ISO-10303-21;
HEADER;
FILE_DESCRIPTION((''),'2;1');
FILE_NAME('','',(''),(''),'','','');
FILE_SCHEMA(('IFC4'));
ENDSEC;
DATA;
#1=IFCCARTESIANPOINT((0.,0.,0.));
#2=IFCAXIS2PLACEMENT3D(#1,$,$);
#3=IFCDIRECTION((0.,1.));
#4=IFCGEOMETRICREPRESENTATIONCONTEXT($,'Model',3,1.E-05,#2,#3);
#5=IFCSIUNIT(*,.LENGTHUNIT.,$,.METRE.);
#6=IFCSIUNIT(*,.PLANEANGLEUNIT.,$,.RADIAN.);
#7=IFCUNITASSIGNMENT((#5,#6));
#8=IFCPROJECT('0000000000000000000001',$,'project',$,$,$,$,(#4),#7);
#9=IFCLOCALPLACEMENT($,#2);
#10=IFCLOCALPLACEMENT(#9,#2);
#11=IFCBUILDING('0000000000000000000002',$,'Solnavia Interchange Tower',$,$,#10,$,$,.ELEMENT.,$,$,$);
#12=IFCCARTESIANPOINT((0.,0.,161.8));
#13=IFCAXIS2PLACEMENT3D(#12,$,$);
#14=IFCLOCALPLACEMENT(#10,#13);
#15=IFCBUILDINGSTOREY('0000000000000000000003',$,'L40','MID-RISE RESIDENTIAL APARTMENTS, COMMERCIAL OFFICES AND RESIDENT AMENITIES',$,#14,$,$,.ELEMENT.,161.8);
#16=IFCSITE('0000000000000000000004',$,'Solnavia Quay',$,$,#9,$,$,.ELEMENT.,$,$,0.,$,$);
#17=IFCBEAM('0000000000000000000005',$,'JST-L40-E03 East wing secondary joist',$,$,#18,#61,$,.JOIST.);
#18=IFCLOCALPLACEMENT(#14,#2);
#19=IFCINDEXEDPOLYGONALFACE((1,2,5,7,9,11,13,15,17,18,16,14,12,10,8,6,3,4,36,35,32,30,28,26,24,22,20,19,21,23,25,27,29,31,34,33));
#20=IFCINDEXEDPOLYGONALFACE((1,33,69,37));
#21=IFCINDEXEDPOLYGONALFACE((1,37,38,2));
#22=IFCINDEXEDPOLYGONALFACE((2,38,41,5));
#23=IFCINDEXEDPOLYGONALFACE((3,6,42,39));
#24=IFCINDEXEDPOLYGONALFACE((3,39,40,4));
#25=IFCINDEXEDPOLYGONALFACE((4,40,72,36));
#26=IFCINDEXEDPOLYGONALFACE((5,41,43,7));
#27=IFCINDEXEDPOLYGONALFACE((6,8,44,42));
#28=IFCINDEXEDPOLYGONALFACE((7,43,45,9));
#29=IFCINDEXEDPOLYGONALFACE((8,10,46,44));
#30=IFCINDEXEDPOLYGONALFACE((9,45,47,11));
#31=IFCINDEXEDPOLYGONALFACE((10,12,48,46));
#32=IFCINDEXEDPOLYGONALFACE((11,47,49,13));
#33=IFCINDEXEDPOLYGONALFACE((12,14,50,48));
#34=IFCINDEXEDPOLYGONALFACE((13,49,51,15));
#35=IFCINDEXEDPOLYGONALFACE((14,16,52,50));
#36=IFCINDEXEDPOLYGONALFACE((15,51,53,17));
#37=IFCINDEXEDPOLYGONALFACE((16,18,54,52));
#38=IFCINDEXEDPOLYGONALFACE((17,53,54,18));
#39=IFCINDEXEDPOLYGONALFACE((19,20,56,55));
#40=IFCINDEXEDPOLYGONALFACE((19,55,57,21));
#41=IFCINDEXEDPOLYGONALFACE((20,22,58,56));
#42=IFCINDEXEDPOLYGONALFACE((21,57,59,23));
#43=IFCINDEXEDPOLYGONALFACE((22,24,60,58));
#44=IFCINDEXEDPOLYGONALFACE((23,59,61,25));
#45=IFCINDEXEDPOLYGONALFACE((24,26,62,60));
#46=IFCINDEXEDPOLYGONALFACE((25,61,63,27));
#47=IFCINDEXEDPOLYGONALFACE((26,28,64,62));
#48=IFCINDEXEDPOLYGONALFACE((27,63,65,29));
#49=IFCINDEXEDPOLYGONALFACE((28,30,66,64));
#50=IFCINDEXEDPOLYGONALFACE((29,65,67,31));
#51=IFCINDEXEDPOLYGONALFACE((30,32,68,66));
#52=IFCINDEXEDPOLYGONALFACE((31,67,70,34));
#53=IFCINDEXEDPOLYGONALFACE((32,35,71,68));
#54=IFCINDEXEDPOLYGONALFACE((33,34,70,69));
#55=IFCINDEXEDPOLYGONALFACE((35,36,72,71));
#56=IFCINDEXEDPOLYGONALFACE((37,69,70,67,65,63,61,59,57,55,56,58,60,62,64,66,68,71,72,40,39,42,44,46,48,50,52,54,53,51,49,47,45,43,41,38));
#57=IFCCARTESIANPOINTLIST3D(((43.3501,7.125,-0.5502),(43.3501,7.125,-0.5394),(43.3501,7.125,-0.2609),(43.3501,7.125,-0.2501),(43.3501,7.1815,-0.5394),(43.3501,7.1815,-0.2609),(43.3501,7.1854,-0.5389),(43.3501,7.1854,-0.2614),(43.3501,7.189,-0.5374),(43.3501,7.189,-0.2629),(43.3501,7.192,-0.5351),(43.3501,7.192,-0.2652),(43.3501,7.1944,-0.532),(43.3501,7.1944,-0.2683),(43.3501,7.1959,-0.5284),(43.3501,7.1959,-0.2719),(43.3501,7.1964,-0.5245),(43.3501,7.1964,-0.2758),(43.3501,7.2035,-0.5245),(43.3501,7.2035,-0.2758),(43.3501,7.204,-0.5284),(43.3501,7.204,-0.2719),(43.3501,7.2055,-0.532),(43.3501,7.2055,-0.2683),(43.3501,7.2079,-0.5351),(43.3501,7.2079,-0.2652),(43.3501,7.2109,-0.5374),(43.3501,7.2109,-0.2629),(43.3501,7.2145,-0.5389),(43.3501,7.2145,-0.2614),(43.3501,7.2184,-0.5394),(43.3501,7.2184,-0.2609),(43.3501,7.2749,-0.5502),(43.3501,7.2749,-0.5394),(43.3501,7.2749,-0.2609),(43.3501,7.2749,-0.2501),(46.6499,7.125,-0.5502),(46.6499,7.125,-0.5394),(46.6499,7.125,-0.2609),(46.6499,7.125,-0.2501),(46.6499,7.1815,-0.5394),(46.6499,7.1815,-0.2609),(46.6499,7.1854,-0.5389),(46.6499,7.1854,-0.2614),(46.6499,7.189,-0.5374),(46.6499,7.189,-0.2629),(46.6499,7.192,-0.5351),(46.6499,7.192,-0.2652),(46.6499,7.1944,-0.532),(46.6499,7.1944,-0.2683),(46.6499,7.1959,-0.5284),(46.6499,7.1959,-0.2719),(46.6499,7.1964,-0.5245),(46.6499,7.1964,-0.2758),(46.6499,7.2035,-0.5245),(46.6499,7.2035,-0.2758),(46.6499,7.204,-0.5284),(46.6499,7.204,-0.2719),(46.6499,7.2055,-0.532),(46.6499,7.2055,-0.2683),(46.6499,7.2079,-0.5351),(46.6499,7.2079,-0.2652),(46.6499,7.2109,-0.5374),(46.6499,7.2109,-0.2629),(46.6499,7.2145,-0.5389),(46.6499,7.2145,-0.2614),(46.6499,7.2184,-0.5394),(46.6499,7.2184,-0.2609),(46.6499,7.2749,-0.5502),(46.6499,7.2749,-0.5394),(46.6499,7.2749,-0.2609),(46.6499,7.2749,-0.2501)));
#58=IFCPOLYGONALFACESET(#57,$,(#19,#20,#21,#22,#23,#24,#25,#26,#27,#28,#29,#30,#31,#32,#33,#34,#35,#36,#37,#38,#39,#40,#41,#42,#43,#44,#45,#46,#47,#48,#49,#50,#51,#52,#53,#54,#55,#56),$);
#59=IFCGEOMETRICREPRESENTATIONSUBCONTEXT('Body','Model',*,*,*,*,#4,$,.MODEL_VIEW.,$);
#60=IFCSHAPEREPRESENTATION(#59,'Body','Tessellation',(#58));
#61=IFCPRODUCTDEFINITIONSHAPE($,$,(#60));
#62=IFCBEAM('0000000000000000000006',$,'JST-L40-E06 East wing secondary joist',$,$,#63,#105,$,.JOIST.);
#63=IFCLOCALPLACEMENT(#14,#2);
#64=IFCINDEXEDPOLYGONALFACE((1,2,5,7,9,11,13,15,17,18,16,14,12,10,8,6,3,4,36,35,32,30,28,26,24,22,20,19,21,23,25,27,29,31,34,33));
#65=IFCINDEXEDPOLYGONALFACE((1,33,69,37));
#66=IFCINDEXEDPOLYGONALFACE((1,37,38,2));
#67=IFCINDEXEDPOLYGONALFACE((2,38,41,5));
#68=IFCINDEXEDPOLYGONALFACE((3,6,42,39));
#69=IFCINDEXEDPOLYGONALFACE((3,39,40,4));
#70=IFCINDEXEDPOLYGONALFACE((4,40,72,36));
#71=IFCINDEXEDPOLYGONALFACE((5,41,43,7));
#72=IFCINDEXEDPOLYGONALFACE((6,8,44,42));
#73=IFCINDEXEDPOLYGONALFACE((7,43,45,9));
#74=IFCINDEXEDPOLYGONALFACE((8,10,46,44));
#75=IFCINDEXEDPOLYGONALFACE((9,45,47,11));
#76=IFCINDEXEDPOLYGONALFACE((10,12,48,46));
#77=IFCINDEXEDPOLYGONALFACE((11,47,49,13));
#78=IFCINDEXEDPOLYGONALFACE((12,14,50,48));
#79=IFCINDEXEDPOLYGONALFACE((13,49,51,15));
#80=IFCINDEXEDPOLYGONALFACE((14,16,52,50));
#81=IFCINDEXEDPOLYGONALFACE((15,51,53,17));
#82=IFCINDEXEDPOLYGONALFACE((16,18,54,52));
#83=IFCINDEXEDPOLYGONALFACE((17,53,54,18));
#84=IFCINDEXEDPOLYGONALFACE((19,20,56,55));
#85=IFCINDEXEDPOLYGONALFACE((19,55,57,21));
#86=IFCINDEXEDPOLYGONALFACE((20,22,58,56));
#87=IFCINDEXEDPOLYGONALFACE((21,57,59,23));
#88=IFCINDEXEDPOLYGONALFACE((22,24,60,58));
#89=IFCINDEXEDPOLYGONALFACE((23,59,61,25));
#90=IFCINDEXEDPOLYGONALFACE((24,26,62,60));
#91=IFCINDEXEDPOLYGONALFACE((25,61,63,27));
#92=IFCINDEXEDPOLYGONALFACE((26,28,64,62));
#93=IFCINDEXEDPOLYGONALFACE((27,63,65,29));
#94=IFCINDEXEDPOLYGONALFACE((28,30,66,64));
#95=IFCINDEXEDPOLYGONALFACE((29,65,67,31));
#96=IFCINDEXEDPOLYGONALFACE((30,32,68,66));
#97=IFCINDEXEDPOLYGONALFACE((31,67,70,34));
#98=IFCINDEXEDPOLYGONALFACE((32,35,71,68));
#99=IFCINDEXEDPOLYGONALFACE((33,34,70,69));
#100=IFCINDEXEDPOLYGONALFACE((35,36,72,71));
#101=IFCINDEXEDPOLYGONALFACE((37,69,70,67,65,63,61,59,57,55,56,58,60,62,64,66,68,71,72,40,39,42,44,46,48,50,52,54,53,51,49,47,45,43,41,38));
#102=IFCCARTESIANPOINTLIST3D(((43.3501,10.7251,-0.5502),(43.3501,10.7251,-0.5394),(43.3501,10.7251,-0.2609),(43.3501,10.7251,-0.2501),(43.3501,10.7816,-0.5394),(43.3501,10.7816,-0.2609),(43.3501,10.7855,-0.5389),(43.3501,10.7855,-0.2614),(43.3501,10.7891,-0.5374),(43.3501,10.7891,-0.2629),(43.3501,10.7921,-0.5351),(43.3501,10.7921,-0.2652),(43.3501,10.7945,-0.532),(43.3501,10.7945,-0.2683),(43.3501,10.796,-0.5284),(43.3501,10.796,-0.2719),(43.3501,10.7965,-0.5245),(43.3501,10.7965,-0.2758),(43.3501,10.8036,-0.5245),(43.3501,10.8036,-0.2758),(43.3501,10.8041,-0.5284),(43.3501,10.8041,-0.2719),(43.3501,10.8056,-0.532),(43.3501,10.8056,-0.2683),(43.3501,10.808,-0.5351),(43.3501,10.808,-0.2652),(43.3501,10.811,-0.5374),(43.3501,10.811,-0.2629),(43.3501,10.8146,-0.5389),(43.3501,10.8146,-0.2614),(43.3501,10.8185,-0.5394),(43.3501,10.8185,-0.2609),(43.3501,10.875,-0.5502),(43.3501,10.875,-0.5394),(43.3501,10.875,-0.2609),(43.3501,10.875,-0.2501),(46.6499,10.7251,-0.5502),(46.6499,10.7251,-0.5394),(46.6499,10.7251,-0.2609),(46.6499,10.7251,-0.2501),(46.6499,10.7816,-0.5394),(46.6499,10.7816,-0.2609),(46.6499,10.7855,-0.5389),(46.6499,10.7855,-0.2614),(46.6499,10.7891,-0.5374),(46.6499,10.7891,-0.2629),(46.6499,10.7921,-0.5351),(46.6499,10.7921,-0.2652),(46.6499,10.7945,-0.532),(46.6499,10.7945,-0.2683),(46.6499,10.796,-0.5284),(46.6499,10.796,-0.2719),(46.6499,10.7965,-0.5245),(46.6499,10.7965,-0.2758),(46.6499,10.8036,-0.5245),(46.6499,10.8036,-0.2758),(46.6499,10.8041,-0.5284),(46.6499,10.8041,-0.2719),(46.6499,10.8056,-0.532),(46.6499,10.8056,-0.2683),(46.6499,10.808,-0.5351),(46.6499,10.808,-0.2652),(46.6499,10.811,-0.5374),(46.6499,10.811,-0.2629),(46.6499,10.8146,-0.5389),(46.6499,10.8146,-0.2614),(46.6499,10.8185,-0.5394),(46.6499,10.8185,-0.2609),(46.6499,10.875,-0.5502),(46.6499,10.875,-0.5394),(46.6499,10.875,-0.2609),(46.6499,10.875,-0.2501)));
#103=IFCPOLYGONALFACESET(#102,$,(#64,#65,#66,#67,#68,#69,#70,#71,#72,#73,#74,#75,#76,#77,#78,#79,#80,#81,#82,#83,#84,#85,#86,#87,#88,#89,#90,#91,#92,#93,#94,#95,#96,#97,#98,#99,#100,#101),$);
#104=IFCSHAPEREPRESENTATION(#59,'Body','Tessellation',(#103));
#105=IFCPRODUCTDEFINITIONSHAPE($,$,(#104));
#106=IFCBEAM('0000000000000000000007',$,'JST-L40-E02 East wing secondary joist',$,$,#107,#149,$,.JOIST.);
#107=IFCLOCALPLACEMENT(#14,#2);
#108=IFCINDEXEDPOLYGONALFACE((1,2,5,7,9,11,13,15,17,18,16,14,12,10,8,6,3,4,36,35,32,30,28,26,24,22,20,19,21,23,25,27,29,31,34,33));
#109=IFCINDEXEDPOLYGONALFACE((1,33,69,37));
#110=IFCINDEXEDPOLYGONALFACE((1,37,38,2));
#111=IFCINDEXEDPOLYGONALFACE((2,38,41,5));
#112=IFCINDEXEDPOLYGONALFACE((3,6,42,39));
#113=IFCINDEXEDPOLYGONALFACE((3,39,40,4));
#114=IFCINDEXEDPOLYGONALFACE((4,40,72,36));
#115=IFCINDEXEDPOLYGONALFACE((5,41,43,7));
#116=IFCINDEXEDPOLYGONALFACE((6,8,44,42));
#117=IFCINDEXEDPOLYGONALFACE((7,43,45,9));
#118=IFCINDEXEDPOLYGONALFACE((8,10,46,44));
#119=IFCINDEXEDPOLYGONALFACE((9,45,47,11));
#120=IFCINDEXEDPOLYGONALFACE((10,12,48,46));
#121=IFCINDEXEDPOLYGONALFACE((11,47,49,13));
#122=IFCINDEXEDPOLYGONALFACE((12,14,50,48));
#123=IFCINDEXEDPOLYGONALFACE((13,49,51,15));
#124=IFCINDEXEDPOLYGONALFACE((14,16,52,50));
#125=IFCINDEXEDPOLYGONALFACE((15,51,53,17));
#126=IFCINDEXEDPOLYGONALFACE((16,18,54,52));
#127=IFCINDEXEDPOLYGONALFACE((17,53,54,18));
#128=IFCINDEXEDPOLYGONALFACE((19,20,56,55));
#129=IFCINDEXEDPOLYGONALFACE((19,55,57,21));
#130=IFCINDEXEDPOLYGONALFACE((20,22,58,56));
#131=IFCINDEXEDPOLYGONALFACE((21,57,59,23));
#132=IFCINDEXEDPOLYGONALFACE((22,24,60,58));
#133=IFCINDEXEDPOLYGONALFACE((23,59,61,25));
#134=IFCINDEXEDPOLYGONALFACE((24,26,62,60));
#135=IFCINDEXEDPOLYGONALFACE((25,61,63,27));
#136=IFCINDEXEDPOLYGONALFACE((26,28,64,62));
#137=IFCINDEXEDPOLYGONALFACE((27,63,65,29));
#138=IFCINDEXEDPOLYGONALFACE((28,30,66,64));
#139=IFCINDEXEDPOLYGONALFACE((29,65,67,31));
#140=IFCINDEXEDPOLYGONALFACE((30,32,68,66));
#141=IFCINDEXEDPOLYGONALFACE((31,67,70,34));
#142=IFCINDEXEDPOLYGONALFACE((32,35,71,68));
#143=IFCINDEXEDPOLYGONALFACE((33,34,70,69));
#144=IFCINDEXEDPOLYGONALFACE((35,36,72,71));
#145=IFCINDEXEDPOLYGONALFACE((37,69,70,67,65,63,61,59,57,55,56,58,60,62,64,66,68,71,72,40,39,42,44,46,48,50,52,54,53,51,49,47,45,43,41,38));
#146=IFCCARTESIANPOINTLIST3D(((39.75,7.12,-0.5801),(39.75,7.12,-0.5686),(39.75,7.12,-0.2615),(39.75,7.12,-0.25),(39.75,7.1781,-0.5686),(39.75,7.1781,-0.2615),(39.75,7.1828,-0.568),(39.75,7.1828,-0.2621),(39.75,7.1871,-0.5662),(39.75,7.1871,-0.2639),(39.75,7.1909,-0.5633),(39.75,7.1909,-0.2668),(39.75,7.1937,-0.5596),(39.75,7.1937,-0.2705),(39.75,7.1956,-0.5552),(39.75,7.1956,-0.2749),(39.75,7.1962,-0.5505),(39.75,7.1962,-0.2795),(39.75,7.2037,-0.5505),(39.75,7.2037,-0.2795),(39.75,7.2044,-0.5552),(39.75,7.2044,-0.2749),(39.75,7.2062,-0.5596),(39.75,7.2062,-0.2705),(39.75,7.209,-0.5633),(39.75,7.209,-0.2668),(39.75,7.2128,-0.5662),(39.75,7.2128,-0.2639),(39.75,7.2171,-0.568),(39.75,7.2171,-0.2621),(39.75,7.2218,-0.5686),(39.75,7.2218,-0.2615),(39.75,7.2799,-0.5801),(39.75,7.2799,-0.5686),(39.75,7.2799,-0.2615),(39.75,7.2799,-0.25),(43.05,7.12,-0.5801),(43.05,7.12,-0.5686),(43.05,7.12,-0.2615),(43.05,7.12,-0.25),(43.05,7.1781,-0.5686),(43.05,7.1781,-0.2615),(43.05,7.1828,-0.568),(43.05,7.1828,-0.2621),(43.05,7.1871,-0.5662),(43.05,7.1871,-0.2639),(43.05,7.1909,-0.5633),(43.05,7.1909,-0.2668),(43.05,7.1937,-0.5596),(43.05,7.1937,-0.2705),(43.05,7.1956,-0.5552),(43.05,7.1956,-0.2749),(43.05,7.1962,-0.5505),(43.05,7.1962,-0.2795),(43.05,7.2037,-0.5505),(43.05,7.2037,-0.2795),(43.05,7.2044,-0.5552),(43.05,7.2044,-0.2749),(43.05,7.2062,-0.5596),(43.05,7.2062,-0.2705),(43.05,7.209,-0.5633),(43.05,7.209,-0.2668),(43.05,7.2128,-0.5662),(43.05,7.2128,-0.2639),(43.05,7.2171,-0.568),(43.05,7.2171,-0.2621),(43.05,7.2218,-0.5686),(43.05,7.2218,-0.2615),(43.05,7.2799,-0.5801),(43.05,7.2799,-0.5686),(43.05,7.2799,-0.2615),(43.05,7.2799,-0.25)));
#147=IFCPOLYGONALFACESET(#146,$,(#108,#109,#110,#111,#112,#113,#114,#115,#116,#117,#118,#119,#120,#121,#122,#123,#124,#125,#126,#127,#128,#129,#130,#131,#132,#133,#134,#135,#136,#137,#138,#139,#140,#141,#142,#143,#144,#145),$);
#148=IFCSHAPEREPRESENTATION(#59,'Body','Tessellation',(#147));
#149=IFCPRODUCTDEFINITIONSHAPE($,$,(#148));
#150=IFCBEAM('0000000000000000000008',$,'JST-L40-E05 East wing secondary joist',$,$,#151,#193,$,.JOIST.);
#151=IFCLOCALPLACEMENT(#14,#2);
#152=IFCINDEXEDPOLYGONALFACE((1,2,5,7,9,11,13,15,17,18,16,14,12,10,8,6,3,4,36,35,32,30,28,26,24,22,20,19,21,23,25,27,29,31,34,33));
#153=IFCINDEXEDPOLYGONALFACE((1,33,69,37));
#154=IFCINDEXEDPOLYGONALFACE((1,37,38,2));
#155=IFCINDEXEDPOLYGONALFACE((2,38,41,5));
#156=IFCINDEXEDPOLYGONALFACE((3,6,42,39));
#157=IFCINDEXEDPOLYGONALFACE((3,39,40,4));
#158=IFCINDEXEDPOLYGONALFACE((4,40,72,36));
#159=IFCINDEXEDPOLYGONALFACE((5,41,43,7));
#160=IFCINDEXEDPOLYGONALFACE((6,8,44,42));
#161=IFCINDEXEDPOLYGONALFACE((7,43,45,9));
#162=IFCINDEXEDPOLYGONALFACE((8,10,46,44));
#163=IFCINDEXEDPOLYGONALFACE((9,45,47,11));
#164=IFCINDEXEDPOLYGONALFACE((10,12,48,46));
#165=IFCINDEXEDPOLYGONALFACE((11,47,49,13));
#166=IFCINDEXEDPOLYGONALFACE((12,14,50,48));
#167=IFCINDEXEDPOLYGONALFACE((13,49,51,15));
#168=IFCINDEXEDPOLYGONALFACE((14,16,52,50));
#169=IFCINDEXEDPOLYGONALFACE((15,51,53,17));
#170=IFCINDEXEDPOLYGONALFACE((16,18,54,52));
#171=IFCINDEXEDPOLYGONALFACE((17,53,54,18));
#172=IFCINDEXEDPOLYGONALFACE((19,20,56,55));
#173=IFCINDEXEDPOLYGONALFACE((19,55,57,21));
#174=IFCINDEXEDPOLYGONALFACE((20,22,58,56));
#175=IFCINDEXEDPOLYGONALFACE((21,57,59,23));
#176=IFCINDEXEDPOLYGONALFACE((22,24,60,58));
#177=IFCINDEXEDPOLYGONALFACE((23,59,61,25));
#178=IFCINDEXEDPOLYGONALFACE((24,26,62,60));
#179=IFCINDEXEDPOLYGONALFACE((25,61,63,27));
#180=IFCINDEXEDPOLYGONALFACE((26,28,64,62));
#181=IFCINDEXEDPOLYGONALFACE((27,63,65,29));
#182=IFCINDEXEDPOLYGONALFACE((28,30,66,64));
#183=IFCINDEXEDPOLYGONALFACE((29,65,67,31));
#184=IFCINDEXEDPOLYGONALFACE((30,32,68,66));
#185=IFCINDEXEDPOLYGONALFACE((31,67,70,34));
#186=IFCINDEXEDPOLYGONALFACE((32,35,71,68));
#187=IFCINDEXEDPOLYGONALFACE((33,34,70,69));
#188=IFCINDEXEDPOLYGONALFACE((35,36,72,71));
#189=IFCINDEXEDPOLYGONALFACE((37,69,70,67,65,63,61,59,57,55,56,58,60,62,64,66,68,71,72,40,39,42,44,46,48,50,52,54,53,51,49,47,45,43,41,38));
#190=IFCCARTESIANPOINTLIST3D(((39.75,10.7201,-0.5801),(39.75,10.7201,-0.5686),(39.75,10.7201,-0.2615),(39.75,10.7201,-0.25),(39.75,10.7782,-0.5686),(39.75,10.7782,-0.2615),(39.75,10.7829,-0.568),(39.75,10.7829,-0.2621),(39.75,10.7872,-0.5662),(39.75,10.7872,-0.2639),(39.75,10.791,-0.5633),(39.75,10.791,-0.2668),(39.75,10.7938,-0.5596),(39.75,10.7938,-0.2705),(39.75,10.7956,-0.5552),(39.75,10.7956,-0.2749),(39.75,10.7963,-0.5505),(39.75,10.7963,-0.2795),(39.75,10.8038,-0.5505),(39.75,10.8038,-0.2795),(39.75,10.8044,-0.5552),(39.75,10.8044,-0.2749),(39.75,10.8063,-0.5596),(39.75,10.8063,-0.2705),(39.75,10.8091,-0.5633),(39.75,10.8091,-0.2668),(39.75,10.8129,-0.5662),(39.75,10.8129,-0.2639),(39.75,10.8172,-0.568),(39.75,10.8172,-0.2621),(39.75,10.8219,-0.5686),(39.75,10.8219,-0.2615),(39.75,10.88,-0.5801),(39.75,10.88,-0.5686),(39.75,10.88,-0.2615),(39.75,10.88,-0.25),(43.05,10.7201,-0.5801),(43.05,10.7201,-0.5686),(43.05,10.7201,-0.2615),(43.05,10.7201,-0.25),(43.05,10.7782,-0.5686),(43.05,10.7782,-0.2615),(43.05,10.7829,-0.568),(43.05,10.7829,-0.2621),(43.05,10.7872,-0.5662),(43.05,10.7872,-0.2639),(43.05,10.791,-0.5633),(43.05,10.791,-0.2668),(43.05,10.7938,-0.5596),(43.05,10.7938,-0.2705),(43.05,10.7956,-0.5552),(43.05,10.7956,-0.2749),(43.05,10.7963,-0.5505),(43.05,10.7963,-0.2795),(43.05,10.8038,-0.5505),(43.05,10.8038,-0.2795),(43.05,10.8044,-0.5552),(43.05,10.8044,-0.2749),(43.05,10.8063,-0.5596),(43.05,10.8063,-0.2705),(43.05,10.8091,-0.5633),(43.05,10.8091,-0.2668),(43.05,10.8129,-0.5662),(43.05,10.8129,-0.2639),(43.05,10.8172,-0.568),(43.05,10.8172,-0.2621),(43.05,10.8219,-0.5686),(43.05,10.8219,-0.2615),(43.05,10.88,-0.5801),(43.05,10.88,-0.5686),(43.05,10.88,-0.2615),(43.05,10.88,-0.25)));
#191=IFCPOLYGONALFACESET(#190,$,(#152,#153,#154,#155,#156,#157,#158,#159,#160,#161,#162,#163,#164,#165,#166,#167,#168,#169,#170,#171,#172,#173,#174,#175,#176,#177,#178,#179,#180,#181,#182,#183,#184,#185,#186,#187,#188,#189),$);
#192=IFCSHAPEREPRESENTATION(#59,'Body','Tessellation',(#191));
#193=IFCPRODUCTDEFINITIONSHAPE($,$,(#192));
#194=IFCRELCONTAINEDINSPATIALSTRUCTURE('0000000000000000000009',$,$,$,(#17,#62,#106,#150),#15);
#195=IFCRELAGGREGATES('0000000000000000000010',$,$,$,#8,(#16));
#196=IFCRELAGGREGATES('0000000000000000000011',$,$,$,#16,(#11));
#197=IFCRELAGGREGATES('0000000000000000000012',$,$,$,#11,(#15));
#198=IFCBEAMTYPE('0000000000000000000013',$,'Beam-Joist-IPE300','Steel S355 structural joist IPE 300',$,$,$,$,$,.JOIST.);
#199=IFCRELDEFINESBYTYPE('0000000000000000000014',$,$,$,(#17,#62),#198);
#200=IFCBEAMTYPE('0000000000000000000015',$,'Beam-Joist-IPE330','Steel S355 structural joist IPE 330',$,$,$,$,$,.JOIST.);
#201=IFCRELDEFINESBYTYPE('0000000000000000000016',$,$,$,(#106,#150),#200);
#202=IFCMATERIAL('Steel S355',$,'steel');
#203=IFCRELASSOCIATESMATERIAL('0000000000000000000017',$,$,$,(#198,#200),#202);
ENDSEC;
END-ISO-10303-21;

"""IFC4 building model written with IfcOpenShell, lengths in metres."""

from ifc_helpers import new_model, si_unit, direction, frame, origin, origin_2d, place, context, subcontext, project, spatial, i_section, extrude, material, material_profile, profile_set, type_object, element, save


model = new_model("IFC4")

# Units and contexts
model_context = context("Model", 3, precision=1e-05, world=origin(), true_north=direction((0.0, 1.0)))
body_context = subcontext(model_context, "Body", "Model", "MODEL_VIEW")
ifc_project = project(units=[si_unit("LENGTHUNIT", "METRE"), si_unit("PLANEANGLEUNIT", "RADIAN")], contexts=[model_context])

# Site, building, storey
site_placement = place(None, origin())
site = spatial("IfcSite", under=ifc_project, at=site_placement, Name="Solnavia Quay", CompositionType="ELEMENT", RefElevation=0.0)
building_placement = place(site_placement, origin())
building = spatial("IfcBuilding", under=site, at=building_placement, Name="Solnavia Interchange Tower", CompositionType="ELEMENT")
storey_placement = place(building_placement, frame((0.0, 0.0, 161.8)))
storey = spatial("IfcBuildingStorey", under=building, at=storey_placement, Name="L40", Description="MID-RISE RESIDENTIAL APARTMENTS, COMMERCIAL OFFICES AND RESIDENT AMENITIES", CompositionType="ELEMENT", Elevation=161.8)

# Shared definitions
ifc_material_1 = material(Name="Steel S355", Category="steel")

# Beams
ifc_material_profile_1 = material_profile(ifc_material_1, i_section(OverallWidth=0.1499, OverallDepth=0.3, WebThickness=0.0071, FlangeThickness=0.0107, FilletRadius=0.0149, at=origin_2d()), Name="IPE 300")
ifc_profile_set_1 = profile_set([ifc_material_profile_1], Name="Steel S355")
beam_type_1 = type_object("IfcBeamType", Name="Beam-Joist-IPE300", Description="Steel S355 structural joist IPE 300", PredefinedType="JOIST", material=ifc_profile_set_1)
for number, where, z_axis, x_axis, name in (
    (1, (43.3501, 7.2, -0.4001), (1.0, 0.0, 0.0), (0.0, 1.0, 0.0), "JST-L40-E03 East wing secondary joist"),
    (2, (43.3501, 10.8, -0.4001), (1.0, 0.0, 0.0), (0.0, 1.0, 0.0), "JST-L40-E06 East wing secondary joist"),
):
    element("IfcBeam", number, at=place(storey_placement, frame(where, z_axis=z_axis, x_axis=x_axis)), inside=storey, type_object=beam_type_1, Name=name, PredefinedType="JOIST", context=body_context, shape_type="SweptSolid", body=[
        extrude(i_section(OverallWidth=0.1499, OverallDepth=0.3, WebThickness=0.0071, FlangeThickness=0.0107, FilletRadius=0.0149, at=origin_2d()), origin(), (0.0, 0.0, 1.0), 3.2998),
    ])
ifc_material_profile_2 = material_profile(ifc_material_1, i_section(OverallWidth=0.1599, OverallDepth=0.3301, WebThickness=0.0076, FlangeThickness=0.0115, FilletRadius=0.0181, at=origin_2d()), Name="IPE 330")
ifc_profile_set_2 = profile_set([ifc_material_profile_2], Name="Steel S355")
beam_type_2 = type_object("IfcBeamType", Name="Beam-Joist-IPE330", Description="Steel S355 structural joist IPE 330", PredefinedType="JOIST", material=ifc_profile_set_2)
for number, where, z_axis, x_axis, name in (
    (3, (39.75, 7.2, -0.415), (1.0, 0.0, 0.0), (0.0, 1.0, 0.0), "JST-L40-E02 East wing secondary joist"),
    (4, (39.75, 10.8, -0.415), (1.0, 0.0, 0.0), (0.0, 1.0, 0.0), "JST-L40-E05 East wing secondary joist"),
):
    element("IfcBeam", number, at=place(storey_placement, frame(where, z_axis=z_axis, x_axis=x_axis)), inside=storey, type_object=beam_type_2, Name=name, PredefinedType="JOIST", context=body_context, shape_type="SweptSolid", body=[
        extrude(i_section(OverallWidth=0.1599, OverallDepth=0.3301, WebThickness=0.0076, FlangeThickness=0.0115, FilletRadius=0.0181, at=origin_2d()), origin(), (0.0, 0.0, 1.0), 3.3),
    ])

save(model, "model.ifc")
